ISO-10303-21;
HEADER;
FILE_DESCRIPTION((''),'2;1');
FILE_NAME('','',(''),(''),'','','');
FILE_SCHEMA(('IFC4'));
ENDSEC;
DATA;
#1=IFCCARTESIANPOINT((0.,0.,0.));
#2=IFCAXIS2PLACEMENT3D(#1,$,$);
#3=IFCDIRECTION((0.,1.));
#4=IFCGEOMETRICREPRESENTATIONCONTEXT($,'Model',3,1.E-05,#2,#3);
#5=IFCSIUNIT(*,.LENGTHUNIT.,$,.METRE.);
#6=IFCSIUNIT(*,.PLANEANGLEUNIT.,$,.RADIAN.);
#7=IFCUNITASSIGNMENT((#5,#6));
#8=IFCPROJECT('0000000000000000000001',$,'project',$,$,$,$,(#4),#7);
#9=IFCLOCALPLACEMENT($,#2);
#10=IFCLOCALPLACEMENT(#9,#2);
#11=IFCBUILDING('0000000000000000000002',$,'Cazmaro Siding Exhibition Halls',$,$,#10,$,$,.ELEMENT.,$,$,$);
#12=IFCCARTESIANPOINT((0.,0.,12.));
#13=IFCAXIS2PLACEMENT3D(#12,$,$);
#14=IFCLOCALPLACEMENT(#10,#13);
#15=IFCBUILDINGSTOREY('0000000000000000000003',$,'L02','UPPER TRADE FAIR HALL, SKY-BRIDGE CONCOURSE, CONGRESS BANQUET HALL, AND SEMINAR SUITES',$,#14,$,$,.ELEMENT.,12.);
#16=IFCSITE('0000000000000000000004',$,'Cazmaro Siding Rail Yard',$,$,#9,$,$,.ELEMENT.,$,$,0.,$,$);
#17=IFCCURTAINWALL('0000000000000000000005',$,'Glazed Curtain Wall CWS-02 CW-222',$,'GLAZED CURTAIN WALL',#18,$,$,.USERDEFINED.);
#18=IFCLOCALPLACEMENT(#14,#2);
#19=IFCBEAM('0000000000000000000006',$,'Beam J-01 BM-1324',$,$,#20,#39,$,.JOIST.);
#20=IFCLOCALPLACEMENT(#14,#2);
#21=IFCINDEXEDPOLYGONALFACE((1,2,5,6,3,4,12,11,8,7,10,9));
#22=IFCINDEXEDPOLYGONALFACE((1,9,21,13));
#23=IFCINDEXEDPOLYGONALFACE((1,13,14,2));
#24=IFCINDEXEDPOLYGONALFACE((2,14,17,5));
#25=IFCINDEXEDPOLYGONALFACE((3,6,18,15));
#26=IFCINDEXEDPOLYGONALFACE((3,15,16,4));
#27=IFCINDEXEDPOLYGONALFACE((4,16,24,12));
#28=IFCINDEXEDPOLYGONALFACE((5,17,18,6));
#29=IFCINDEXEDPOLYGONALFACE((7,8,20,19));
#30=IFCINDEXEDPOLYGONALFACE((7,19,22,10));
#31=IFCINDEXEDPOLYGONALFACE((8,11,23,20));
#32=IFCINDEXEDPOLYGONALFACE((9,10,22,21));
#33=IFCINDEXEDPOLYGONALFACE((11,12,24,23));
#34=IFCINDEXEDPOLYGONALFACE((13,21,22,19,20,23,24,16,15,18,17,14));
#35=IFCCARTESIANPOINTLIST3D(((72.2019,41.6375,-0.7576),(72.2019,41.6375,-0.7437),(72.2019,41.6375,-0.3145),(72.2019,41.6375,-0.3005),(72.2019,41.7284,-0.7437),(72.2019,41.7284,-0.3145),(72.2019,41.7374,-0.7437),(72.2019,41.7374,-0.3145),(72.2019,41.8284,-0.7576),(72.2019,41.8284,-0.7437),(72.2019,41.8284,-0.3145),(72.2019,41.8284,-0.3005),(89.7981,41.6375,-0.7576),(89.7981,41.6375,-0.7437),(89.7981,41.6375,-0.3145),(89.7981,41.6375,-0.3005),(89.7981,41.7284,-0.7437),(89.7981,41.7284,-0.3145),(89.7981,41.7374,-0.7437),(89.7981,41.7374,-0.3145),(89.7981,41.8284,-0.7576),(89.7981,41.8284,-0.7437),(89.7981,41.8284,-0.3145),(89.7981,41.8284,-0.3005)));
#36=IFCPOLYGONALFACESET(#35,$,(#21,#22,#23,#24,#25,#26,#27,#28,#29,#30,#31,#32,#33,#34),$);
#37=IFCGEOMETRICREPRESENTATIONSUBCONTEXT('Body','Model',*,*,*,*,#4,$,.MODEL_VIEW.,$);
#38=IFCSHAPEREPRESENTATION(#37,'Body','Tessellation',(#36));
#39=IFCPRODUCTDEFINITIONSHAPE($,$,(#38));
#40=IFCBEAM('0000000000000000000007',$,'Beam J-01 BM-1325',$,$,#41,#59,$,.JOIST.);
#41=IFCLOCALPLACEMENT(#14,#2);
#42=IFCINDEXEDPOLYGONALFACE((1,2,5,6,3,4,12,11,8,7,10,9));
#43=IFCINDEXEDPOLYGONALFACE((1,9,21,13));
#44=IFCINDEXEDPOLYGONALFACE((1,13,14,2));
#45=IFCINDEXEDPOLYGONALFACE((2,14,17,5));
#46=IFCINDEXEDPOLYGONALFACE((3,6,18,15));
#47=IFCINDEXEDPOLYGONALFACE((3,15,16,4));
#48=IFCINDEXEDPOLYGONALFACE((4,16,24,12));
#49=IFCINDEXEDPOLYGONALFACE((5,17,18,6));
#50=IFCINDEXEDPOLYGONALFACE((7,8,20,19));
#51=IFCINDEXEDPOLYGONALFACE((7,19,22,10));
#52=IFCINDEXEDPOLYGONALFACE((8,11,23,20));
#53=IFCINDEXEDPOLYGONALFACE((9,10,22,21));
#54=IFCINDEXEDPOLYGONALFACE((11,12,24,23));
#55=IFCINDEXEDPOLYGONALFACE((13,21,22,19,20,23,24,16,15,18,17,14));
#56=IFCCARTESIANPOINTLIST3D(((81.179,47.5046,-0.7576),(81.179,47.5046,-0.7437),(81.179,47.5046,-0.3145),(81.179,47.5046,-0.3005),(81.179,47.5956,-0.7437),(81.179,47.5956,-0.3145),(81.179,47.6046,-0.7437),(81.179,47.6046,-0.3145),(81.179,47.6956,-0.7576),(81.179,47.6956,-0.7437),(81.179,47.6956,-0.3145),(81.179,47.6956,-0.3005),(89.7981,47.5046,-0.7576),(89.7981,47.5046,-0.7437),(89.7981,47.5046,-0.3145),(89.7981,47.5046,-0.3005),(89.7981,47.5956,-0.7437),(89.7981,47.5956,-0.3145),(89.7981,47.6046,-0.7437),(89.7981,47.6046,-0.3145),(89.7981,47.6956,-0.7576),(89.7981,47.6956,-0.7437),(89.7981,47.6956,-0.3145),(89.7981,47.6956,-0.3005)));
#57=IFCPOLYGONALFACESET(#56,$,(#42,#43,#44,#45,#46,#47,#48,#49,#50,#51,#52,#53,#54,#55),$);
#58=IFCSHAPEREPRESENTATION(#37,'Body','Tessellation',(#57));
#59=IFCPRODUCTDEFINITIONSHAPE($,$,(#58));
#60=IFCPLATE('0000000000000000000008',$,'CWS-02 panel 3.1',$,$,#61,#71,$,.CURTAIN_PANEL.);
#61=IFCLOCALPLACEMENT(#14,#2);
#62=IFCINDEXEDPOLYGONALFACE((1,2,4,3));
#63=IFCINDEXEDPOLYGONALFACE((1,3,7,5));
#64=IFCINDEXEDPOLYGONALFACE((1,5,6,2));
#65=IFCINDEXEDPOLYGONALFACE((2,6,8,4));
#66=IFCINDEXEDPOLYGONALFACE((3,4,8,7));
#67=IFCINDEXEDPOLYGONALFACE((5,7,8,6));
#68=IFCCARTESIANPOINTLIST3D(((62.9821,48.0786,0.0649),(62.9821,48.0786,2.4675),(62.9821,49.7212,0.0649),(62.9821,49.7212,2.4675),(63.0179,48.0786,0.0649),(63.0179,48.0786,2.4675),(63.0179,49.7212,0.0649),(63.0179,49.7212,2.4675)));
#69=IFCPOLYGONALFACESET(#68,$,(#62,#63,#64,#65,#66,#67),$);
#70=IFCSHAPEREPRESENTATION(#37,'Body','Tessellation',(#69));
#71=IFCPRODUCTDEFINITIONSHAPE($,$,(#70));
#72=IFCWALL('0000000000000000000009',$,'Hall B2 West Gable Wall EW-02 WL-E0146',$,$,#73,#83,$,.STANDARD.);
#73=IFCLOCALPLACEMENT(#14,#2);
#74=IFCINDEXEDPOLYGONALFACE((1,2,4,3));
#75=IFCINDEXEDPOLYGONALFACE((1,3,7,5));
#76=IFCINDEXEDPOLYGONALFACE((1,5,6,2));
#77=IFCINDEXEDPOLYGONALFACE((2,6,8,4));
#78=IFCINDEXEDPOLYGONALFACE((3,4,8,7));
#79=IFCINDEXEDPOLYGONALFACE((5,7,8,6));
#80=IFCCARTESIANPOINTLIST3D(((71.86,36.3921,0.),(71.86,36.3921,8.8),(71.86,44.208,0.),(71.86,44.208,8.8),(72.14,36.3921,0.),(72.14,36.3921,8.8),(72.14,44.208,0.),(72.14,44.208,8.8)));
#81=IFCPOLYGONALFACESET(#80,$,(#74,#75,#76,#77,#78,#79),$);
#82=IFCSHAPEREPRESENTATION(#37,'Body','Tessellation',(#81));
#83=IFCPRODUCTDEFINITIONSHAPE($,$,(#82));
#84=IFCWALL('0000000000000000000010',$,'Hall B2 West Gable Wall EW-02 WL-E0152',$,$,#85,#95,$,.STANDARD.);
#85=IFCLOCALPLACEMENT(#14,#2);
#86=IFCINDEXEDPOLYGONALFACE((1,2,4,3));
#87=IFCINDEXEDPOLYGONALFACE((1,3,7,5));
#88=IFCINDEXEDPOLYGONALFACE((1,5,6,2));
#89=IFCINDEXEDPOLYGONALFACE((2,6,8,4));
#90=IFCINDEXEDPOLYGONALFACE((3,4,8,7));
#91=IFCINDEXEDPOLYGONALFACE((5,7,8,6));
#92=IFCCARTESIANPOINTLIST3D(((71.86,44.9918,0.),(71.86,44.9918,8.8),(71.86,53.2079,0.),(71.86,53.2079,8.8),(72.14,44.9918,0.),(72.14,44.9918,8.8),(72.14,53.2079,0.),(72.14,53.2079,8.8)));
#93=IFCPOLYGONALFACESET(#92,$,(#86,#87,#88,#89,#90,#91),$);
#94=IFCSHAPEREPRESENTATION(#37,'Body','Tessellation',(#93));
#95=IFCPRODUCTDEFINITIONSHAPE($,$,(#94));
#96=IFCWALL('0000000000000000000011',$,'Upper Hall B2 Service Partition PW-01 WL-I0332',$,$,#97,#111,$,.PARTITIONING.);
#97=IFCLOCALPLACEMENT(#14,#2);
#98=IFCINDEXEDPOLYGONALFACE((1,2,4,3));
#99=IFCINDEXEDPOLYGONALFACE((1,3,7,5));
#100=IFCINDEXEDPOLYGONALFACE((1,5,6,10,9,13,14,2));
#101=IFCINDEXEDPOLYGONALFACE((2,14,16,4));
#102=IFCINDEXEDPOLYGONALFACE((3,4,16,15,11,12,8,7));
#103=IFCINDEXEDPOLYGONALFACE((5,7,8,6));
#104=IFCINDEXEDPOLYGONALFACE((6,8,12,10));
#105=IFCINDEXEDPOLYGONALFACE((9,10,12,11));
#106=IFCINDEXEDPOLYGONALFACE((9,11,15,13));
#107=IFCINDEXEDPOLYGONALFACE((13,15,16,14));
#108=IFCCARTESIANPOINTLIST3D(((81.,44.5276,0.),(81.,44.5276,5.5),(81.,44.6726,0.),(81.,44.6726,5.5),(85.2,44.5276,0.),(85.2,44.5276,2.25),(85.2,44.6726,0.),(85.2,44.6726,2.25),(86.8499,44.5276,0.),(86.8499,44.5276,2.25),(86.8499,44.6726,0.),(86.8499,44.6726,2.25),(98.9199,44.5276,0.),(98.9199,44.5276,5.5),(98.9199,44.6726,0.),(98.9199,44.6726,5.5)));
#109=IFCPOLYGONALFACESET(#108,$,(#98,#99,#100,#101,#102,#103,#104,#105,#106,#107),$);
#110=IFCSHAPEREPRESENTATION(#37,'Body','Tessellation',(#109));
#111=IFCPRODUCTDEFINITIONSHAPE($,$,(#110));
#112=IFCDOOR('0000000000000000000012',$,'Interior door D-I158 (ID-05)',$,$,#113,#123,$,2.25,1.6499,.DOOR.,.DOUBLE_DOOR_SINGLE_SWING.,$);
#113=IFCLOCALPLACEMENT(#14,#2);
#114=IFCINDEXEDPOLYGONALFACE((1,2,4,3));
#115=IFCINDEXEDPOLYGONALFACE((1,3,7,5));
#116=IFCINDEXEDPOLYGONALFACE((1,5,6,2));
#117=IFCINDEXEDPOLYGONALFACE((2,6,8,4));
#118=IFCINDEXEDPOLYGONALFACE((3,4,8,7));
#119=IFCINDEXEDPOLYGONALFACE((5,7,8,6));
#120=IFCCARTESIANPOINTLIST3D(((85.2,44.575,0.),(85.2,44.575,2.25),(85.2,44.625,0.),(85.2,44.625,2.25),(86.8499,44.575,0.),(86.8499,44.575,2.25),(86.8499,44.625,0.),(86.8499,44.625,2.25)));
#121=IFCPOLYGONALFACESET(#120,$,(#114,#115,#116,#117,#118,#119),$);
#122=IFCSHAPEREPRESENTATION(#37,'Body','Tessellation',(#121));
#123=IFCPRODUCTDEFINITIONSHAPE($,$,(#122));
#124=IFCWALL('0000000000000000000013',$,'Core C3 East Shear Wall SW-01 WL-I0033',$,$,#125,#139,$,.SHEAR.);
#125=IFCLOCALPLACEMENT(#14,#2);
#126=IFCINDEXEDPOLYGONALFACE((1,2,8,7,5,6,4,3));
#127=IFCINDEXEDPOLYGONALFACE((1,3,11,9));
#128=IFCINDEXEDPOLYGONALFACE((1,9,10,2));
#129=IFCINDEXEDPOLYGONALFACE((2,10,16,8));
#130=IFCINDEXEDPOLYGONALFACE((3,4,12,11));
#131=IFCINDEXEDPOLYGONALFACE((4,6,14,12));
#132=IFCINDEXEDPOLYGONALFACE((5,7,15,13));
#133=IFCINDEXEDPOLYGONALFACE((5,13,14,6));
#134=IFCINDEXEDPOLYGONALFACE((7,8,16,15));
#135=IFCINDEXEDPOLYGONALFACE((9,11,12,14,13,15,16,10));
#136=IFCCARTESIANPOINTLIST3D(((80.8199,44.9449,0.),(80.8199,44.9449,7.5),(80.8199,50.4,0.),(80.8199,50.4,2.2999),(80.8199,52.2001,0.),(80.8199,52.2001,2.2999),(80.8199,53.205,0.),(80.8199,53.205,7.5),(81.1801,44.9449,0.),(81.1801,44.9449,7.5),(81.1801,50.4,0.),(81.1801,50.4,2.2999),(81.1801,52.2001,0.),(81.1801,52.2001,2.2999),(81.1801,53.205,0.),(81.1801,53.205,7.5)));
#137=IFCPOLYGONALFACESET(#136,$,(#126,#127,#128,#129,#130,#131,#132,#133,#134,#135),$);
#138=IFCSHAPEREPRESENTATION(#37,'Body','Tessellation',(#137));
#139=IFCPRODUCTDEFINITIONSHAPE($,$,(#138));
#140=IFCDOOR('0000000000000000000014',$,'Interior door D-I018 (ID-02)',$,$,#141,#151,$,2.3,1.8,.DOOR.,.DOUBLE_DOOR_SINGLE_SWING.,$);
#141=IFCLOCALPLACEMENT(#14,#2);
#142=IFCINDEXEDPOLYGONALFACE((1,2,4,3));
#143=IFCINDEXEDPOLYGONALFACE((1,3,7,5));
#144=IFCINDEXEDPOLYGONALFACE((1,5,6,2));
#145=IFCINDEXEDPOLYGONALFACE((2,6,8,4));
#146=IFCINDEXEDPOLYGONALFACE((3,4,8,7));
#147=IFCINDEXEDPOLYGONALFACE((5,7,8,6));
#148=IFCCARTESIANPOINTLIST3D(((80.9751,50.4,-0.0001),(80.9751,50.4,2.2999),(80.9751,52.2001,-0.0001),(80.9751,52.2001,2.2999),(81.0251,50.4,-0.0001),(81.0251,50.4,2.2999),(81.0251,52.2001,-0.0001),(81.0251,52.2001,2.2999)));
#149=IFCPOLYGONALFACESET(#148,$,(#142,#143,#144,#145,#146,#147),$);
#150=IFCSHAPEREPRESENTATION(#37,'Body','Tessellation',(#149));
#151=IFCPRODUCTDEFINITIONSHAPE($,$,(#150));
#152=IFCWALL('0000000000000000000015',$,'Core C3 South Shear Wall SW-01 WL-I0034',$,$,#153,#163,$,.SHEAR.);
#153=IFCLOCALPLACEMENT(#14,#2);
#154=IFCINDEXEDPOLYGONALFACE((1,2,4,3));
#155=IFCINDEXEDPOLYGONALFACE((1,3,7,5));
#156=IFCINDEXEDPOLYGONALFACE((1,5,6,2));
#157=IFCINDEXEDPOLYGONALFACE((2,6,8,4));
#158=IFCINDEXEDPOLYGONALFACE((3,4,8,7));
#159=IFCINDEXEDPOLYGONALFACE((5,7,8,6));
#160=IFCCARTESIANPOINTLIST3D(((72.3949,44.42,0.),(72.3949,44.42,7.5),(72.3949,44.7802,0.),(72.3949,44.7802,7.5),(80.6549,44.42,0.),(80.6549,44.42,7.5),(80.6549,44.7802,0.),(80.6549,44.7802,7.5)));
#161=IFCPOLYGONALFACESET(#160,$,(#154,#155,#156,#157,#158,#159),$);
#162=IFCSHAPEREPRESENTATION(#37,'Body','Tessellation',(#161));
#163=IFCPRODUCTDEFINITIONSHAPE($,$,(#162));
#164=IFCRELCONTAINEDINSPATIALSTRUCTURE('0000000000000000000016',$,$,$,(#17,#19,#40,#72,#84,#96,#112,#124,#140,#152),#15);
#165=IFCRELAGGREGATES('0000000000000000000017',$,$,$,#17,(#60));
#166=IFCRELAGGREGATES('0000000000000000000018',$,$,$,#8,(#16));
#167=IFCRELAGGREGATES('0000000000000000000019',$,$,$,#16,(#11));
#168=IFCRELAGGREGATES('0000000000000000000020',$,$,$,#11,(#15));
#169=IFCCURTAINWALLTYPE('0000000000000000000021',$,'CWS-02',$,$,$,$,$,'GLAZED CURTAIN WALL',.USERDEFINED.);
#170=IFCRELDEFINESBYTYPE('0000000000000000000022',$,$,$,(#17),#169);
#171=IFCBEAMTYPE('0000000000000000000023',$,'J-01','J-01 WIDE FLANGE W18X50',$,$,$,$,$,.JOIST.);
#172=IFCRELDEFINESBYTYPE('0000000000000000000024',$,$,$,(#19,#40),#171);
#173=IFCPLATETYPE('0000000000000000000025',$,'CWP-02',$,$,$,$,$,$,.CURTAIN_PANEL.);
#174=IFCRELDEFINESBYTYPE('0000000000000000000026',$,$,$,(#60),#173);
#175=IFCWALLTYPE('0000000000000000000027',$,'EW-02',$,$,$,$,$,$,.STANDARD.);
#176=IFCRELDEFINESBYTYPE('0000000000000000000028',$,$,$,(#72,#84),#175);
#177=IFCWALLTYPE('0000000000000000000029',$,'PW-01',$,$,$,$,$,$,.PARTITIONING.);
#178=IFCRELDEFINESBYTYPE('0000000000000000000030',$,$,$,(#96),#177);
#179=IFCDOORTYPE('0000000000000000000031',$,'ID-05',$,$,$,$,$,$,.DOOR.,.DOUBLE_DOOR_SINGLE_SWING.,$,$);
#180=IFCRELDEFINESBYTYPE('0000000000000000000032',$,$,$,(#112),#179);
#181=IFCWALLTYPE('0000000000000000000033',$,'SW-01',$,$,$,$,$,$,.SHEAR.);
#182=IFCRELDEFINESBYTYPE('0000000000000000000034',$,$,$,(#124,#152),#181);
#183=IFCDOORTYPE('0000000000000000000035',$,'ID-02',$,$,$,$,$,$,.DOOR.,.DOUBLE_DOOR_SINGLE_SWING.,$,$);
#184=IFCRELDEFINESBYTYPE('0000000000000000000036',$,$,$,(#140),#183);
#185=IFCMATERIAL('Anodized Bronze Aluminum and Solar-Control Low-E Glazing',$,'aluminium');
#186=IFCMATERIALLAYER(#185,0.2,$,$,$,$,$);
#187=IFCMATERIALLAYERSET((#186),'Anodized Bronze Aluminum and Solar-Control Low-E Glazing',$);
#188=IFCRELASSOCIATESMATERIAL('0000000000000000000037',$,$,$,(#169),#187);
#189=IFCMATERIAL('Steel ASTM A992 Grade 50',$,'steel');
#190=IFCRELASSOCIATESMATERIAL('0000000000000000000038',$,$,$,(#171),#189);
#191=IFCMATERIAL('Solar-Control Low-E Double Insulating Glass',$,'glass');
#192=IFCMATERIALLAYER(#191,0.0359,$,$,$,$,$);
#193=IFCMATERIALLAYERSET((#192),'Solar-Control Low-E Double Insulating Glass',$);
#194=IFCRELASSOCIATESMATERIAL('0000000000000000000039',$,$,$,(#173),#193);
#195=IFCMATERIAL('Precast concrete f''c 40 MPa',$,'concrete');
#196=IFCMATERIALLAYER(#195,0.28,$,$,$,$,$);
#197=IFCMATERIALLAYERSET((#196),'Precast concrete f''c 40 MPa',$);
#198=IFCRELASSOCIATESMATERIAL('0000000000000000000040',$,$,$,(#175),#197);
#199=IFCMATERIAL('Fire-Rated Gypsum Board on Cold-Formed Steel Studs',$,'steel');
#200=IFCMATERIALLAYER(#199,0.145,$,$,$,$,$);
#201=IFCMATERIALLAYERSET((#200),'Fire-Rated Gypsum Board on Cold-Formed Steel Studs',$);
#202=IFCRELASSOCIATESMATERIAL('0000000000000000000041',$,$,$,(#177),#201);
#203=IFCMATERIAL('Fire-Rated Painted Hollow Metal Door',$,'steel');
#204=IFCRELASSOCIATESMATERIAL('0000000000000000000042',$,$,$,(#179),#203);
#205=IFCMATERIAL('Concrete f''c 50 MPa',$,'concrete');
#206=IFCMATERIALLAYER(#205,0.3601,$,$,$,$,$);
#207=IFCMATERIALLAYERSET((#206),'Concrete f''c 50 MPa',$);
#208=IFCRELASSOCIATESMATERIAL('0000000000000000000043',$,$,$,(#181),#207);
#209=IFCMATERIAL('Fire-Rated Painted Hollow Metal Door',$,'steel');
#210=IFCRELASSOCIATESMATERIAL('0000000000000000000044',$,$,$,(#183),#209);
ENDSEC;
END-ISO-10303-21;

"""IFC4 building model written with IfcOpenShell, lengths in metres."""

from ifc_helpers import new_model, si_unit, direction, frame, frame_2d, origin, origin_2d, place, context, subcontext, project, spatial, rectangle, i_section, extrude, material, layer, layer_set, material_profile, profile_set, type_object, element, fill, aggregate, save


model = new_model("IFC4")

# Units and contexts
model_context = context("Model", 3, precision=1e-05, world=origin(), true_north=direction((0.0, 1.0)))
body_context = subcontext(model_context, "Body", "Model", "MODEL_VIEW")
ifc_project = project(units=[si_unit("LENGTHUNIT", "METRE"), si_unit("PLANEANGLEUNIT", "RADIAN")], contexts=[model_context])

# Site, building, storey
site_placement = place(None, origin())
site = spatial("IfcSite", under=ifc_project, at=site_placement, Name="Cazmaro Siding Rail Yard", CompositionType="ELEMENT", RefElevation=0.0)
building_placement = place(site_placement, origin())
building = spatial("IfcBuilding", under=site, at=building_placement, Name="Cazmaro Siding Exhibition Halls", CompositionType="ELEMENT")
storey_placement = place(building_placement, frame((0.0, 0.0, 12.0)))
storey = spatial("IfcBuildingStorey", under=building, at=storey_placement, Name="L02", Description="UPPER TRADE FAIR HALL, SKY-BRIDGE CONCOURSE, CONGRESS BANQUET HALL, AND SEMINAR SUITES", CompositionType="ELEMENT", Elevation=12.0)

# Curtain wall
ifc_material_1 = material(Name="Anodized Bronze Aluminum and Solar-Control Low-E Glazing", Category="aluminium")
ifc_layer_1 = layer(ifc_material_1, 0.2)
ifc_layer_set_1 = layer_set([ifc_layer_1], Name="Anodized Bronze Aluminum and Solar-Control Low-E Glazing")
curtain_wall_type = type_object("IfcCurtainWallType", Name="CWS-02", ElementType="GLAZED CURTAIN WALL", PredefinedType="USERDEFINED", material=ifc_layer_set_1)
curtain_wall_placement = place(storey_placement, origin())
curtain_wall = element("IfcCurtainWall", 1, at=curtain_wall_placement, inside=storey, type_object=curtain_wall_type, Name="Glazed Curtain Wall CWS-02 CW-222", ObjectType="GLAZED CURTAIN WALL", PredefinedType="USERDEFINED")

# Beams
ifc_material_2 = material(Name="Steel ASTM A992 Grade 50", Category="steel")
ifc_material_profile_1 = material_profile(ifc_material_2, i_section(OverallWidth=0.1909, OverallDepth=0.457, WebThickness=0.009, FlangeThickness=0.0139, at=origin_2d()), Name="W18X50")
ifc_profile_set_1 = profile_set([ifc_material_profile_1], Name="Steel ASTM A992 Grade 50")
beam_type_1 = type_object("IfcBeamType", Name="J-01", Description="J-01 WIDE FLANGE W18X50", PredefinedType="JOIST", material=ifc_profile_set_1)
for number, where, z_axis, x_axis, name in (
    (2, (72.2019, 41.7329, -0.5291), (1.0, 0.0, 0.0), (0.0, 1.0, 0.0), "Beam J-01 BM-1324"),
):
    element("IfcBeam", number, at=place(storey_placement, frame(where, z_axis=z_axis, x_axis=x_axis)), inside=storey, type_object=beam_type_1, Name=name, PredefinedType="JOIST", context=body_context, shape_type="SweptSolid", body=[
        extrude(i_section(OverallWidth=0.1909, OverallDepth=0.457, WebThickness=0.009, FlangeThickness=0.0139, at=origin_2d()), origin(), (0.0, 0.0, 1.0), 17.5962),
    ])
beam_1_placement = place(storey_placement, frame((81.179, 47.6001, -0.5291), z_axis=(1.0, 0.0, 0.0), x_axis=(0.0, 1.0, 0.0)))
element("IfcBeam", 3, at=beam_1_placement, inside=storey, type_object=beam_type_1, Name="Beam J-01 BM-1325", PredefinedType="JOIST", context=body_context, shape_type="SweptSolid", body=[
    extrude(i_section(OverallWidth=0.1909, OverallDepth=0.457, WebThickness=0.009, FlangeThickness=0.0139, at=origin_2d()), origin(), (0.0, 0.0, 1.0), 8.6191),
])

# Plate
ifc_material_3 = material(Name="Solar-Control Low-E Double Insulating Glass", Category="glass")
ifc_layer_2 = layer(ifc_material_3, 0.0359)
ifc_layer_set_2 = layer_set([ifc_layer_2], Name="Solar-Control Low-E Double Insulating Glass")
plate_type = type_object("IfcPlateType", Name="CWP-02", PredefinedType="CURTAIN_PANEL", material=ifc_layer_set_2)
plate_placement = place(storey_placement, frame((63.0, 48.8999, 0.0649), z_axis=(0.0, 0.0, 1.0), x_axis=(0.0, 1.0, 0.0)))
plate = element("IfcPlate", 4, at=plate_placement, type_object=plate_type, Name="CWS-02 panel 3.1", PredefinedType="CURTAIN_PANEL", context=body_context, shape_type="SweptSolid", body=[
    extrude(rectangle(XDim=1.6426, YDim=0.0359, at=origin_2d()), origin(), (0.0, 0.0, 1.0), 2.4026),
])
aggregate(curtain_wall, [plate])

# Walls
ifc_material_4 = material(Name="Precast concrete f'c 40 MPa", Category="concrete")
ifc_layer_3 = layer(ifc_material_4, 0.28)
ifc_layer_set_3 = layer_set([ifc_layer_3], Name="Precast concrete f'c 40 MPa")
wall_type_1 = type_object("IfcWallType", Name="EW-02", PredefinedType="STANDARD", material=ifc_layer_set_3)
wall_1_placement = place(storey_placement, frame((72.0, 36.3921, 0.0), z_axis=(0.0, 0.0, 1.0), x_axis=(0.0, 1.0, 0.0)))
element("IfcWall", 5, at=wall_1_placement, inside=storey, type_object=wall_type_1, Name="Hall B2 West Gable Wall EW-02 WL-E0146", PredefinedType="STANDARD", context=body_context, shape_type="SweptSolid", body=[
    extrude(rectangle(XDim=7.8159, YDim=0.28, at=frame_2d((3.908, 0.0))), origin(), (0.0, 0.0, 1.0), 8.8),
])
wall_2_placement = place(storey_placement, frame((72.0, 44.9919, 0.0), z_axis=(0.0, 0.0, 1.0), x_axis=(0.0, 1.0, 0.0)))
element("IfcWall", 6, at=wall_2_placement, inside=storey, type_object=wall_type_1, Name="Hall B2 West Gable Wall EW-02 WL-E0152", PredefinedType="STANDARD", context=body_context, shape_type="SweptSolid", body=[
    extrude(rectangle(XDim=8.2161, YDim=0.28, at=frame_2d((4.1079, 0.0))), origin(), (0.0, 0.0, 1.0), 8.8),
])

# Walls, openings, doors
ifc_material_5 = material(Name="Fire-Rated Gypsum Board on Cold-Formed Steel Studs", Category="steel")
ifc_layer_4 = layer(ifc_material_5, 0.145)
ifc_layer_set_4 = layer_set([ifc_layer_4], Name="Fire-Rated Gypsum Board on Cold-Formed Steel Studs")
wall_type_2 = type_object("IfcWallType", Name="PW-01", PredefinedType="PARTITIONING", material=ifc_layer_set_4)
wall_3_placement = place(storey_placement, frame((81.0, 44.6001, 0.0), z_axis=(0.0, 0.0, 1.0), x_axis=(1.0, 0.0, 0.0)))
wall_3 = element("IfcWall", 7, at=wall_3_placement, inside=storey, type_object=wall_type_2, Name="Upper Hall B2 Service Partition PW-01 WL-I0332", PredefinedType="PARTITIONING", context=body_context, shape_type="SweptSolid", body=[
    extrude(rectangle(XDim=17.9199, YDim=0.145, at=frame_2d((8.96, 0.0))), origin(), (0.0, 0.0, 1.0), 5.5),
])
opening_1_placement = place(wall_3_placement, frame((4.2, 0.0, 0.0)))
opening_1 = element("IfcOpeningElement", 8, at=opening_1_placement, cuts=wall_3, PredefinedType="OPENING", context=body_context, shape_type="SweptSolid", body=[
    extrude(rectangle(XDim=1.6499, YDim=2.25, at=frame_2d((0.825, 1.125))), frame((0.0, 0.0825, 0.0), z_axis=(0.0, -1.0, 0.0), x_axis=(1.0, 0.0, 0.0)), (0.0, 0.0, 1.0), 0.165),
])
ifc_material_6 = material(Name="Fire-Rated Painted Hollow Metal Door", Category="steel")
door_type_1 = type_object("IfcDoorType", Name="ID-05", OperationType="DOUBLE_DOOR_SINGLE_SWING", PredefinedType="DOOR", material=ifc_material_6)
door_1_placement = place(opening_1_placement, origin())
door_1 = element("IfcDoor", 9, at=door_1_placement, inside=storey, type_object=door_type_1, Name="Interior door D-I158 (ID-05)", OperationType="DOUBLE_DOOR_SINGLE_SWING", OverallHeight=2.25, OverallWidth=1.6499, PredefinedType="DOOR", context=body_context, shape_type="SweptSolid", body=[
    extrude(rectangle(XDim=1.6499, YDim=2.25, at=frame_2d((0.825, 1.125))), frame((0.0, 0.0249, 0.0), z_axis=(0.0, -1.0, 0.0), x_axis=(1.0, 0.0, 0.0)), (0.0, 0.0, 1.0), 0.05),
])
fill(opening_1, door_1)
ifc_material_7 = material(Name="Concrete f'c 50 MPa", Category="concrete")
ifc_layer_5 = layer(ifc_material_7, 0.3601)
ifc_layer_set_5 = layer_set([ifc_layer_5], Name="Concrete f'c 50 MPa")
wall_type_3 = type_object("IfcWallType", Name="SW-01", PredefinedType="SHEAR", material=ifc_layer_set_5)
wall_4_placement = place(storey_placement, frame((81.0, 44.9451, 0.0), z_axis=(0.0, 0.0, 1.0), x_axis=(0.0, 1.0, 0.0)))
wall_4 = element("IfcWall", 10, at=wall_4_placement, inside=storey, type_object=wall_type_3, Name="Core C3 East Shear Wall SW-01 WL-I0033", PredefinedType="SHEAR", context=body_context, shape_type="SweptSolid", body=[
    extrude(rectangle(XDim=8.26, YDim=0.3601, at=frame_2d((4.1299, 0.0))), origin(), (0.0, 0.0, 1.0), 7.5),
])
opening_2_placement = place(wall_4_placement, frame((5.4551, 0.0, 0.0)))
opening_2 = element("IfcOpeningElement", 11, at=opening_2_placement, cuts=wall_4, PredefinedType="OPENING", context=body_context, shape_type="SweptSolid", body=[
    extrude(rectangle(XDim=1.8, YDim=2.3, at=frame_2d((0.8999, 1.1499))), frame((0.0, 0.1899, 0.0), z_axis=(0.0, -1.0, 0.0), x_axis=(1.0, 0.0, 0.0)), (0.0, 0.0, 1.0), 0.3801),
])
ifc_material_8 = material(Name="Fire-Rated Painted Hollow Metal Door", Category="steel")
door_type_2 = type_object("IfcDoorType", Name="ID-02", OperationType="DOUBLE_DOOR_SINGLE_SWING", PredefinedType="DOOR", material=ifc_material_8)
door_2_placement = place(opening_2_placement, origin())
door_2 = element("IfcDoor", 12, at=door_2_placement, inside=storey, type_object=door_type_2, Name="Interior door D-I018 (ID-02)", OperationType="DOUBLE_DOOR_SINGLE_SWING", OverallHeight=2.3, OverallWidth=1.8, PredefinedType="DOOR", context=body_context, shape_type="SweptSolid", body=[
    extrude(rectangle(XDim=1.8, YDim=2.3, at=frame_2d((0.8999, 1.1499))), frame((0.0, 0.0249, 0.0), z_axis=(0.0, -1.0, 0.0), x_axis=(1.0, 0.0, 0.0)), (0.0, 0.0, 1.0), 0.05),
])
fill(opening_2, door_2)

# Wall
wall_5_placement = place(storey_placement, frame((72.395, 44.6001, 0.0), z_axis=(0.0, 0.0, 1.0), x_axis=(1.0, 0.0, 0.0)))
element("IfcWall", 13, at=wall_5_placement, inside=storey, type_object=wall_type_3, Name="Core C3 South Shear Wall SW-01 WL-I0034", PredefinedType="SHEAR", context=body_context, shape_type="SweptSolid", body=[
    extrude(rectangle(XDim=8.26, YDim=0.3601, at=frame_2d((4.1299, 0.0))), origin(), (0.0, 0.0, 1.0), 7.5),
])

save(model, "model.ifc")
